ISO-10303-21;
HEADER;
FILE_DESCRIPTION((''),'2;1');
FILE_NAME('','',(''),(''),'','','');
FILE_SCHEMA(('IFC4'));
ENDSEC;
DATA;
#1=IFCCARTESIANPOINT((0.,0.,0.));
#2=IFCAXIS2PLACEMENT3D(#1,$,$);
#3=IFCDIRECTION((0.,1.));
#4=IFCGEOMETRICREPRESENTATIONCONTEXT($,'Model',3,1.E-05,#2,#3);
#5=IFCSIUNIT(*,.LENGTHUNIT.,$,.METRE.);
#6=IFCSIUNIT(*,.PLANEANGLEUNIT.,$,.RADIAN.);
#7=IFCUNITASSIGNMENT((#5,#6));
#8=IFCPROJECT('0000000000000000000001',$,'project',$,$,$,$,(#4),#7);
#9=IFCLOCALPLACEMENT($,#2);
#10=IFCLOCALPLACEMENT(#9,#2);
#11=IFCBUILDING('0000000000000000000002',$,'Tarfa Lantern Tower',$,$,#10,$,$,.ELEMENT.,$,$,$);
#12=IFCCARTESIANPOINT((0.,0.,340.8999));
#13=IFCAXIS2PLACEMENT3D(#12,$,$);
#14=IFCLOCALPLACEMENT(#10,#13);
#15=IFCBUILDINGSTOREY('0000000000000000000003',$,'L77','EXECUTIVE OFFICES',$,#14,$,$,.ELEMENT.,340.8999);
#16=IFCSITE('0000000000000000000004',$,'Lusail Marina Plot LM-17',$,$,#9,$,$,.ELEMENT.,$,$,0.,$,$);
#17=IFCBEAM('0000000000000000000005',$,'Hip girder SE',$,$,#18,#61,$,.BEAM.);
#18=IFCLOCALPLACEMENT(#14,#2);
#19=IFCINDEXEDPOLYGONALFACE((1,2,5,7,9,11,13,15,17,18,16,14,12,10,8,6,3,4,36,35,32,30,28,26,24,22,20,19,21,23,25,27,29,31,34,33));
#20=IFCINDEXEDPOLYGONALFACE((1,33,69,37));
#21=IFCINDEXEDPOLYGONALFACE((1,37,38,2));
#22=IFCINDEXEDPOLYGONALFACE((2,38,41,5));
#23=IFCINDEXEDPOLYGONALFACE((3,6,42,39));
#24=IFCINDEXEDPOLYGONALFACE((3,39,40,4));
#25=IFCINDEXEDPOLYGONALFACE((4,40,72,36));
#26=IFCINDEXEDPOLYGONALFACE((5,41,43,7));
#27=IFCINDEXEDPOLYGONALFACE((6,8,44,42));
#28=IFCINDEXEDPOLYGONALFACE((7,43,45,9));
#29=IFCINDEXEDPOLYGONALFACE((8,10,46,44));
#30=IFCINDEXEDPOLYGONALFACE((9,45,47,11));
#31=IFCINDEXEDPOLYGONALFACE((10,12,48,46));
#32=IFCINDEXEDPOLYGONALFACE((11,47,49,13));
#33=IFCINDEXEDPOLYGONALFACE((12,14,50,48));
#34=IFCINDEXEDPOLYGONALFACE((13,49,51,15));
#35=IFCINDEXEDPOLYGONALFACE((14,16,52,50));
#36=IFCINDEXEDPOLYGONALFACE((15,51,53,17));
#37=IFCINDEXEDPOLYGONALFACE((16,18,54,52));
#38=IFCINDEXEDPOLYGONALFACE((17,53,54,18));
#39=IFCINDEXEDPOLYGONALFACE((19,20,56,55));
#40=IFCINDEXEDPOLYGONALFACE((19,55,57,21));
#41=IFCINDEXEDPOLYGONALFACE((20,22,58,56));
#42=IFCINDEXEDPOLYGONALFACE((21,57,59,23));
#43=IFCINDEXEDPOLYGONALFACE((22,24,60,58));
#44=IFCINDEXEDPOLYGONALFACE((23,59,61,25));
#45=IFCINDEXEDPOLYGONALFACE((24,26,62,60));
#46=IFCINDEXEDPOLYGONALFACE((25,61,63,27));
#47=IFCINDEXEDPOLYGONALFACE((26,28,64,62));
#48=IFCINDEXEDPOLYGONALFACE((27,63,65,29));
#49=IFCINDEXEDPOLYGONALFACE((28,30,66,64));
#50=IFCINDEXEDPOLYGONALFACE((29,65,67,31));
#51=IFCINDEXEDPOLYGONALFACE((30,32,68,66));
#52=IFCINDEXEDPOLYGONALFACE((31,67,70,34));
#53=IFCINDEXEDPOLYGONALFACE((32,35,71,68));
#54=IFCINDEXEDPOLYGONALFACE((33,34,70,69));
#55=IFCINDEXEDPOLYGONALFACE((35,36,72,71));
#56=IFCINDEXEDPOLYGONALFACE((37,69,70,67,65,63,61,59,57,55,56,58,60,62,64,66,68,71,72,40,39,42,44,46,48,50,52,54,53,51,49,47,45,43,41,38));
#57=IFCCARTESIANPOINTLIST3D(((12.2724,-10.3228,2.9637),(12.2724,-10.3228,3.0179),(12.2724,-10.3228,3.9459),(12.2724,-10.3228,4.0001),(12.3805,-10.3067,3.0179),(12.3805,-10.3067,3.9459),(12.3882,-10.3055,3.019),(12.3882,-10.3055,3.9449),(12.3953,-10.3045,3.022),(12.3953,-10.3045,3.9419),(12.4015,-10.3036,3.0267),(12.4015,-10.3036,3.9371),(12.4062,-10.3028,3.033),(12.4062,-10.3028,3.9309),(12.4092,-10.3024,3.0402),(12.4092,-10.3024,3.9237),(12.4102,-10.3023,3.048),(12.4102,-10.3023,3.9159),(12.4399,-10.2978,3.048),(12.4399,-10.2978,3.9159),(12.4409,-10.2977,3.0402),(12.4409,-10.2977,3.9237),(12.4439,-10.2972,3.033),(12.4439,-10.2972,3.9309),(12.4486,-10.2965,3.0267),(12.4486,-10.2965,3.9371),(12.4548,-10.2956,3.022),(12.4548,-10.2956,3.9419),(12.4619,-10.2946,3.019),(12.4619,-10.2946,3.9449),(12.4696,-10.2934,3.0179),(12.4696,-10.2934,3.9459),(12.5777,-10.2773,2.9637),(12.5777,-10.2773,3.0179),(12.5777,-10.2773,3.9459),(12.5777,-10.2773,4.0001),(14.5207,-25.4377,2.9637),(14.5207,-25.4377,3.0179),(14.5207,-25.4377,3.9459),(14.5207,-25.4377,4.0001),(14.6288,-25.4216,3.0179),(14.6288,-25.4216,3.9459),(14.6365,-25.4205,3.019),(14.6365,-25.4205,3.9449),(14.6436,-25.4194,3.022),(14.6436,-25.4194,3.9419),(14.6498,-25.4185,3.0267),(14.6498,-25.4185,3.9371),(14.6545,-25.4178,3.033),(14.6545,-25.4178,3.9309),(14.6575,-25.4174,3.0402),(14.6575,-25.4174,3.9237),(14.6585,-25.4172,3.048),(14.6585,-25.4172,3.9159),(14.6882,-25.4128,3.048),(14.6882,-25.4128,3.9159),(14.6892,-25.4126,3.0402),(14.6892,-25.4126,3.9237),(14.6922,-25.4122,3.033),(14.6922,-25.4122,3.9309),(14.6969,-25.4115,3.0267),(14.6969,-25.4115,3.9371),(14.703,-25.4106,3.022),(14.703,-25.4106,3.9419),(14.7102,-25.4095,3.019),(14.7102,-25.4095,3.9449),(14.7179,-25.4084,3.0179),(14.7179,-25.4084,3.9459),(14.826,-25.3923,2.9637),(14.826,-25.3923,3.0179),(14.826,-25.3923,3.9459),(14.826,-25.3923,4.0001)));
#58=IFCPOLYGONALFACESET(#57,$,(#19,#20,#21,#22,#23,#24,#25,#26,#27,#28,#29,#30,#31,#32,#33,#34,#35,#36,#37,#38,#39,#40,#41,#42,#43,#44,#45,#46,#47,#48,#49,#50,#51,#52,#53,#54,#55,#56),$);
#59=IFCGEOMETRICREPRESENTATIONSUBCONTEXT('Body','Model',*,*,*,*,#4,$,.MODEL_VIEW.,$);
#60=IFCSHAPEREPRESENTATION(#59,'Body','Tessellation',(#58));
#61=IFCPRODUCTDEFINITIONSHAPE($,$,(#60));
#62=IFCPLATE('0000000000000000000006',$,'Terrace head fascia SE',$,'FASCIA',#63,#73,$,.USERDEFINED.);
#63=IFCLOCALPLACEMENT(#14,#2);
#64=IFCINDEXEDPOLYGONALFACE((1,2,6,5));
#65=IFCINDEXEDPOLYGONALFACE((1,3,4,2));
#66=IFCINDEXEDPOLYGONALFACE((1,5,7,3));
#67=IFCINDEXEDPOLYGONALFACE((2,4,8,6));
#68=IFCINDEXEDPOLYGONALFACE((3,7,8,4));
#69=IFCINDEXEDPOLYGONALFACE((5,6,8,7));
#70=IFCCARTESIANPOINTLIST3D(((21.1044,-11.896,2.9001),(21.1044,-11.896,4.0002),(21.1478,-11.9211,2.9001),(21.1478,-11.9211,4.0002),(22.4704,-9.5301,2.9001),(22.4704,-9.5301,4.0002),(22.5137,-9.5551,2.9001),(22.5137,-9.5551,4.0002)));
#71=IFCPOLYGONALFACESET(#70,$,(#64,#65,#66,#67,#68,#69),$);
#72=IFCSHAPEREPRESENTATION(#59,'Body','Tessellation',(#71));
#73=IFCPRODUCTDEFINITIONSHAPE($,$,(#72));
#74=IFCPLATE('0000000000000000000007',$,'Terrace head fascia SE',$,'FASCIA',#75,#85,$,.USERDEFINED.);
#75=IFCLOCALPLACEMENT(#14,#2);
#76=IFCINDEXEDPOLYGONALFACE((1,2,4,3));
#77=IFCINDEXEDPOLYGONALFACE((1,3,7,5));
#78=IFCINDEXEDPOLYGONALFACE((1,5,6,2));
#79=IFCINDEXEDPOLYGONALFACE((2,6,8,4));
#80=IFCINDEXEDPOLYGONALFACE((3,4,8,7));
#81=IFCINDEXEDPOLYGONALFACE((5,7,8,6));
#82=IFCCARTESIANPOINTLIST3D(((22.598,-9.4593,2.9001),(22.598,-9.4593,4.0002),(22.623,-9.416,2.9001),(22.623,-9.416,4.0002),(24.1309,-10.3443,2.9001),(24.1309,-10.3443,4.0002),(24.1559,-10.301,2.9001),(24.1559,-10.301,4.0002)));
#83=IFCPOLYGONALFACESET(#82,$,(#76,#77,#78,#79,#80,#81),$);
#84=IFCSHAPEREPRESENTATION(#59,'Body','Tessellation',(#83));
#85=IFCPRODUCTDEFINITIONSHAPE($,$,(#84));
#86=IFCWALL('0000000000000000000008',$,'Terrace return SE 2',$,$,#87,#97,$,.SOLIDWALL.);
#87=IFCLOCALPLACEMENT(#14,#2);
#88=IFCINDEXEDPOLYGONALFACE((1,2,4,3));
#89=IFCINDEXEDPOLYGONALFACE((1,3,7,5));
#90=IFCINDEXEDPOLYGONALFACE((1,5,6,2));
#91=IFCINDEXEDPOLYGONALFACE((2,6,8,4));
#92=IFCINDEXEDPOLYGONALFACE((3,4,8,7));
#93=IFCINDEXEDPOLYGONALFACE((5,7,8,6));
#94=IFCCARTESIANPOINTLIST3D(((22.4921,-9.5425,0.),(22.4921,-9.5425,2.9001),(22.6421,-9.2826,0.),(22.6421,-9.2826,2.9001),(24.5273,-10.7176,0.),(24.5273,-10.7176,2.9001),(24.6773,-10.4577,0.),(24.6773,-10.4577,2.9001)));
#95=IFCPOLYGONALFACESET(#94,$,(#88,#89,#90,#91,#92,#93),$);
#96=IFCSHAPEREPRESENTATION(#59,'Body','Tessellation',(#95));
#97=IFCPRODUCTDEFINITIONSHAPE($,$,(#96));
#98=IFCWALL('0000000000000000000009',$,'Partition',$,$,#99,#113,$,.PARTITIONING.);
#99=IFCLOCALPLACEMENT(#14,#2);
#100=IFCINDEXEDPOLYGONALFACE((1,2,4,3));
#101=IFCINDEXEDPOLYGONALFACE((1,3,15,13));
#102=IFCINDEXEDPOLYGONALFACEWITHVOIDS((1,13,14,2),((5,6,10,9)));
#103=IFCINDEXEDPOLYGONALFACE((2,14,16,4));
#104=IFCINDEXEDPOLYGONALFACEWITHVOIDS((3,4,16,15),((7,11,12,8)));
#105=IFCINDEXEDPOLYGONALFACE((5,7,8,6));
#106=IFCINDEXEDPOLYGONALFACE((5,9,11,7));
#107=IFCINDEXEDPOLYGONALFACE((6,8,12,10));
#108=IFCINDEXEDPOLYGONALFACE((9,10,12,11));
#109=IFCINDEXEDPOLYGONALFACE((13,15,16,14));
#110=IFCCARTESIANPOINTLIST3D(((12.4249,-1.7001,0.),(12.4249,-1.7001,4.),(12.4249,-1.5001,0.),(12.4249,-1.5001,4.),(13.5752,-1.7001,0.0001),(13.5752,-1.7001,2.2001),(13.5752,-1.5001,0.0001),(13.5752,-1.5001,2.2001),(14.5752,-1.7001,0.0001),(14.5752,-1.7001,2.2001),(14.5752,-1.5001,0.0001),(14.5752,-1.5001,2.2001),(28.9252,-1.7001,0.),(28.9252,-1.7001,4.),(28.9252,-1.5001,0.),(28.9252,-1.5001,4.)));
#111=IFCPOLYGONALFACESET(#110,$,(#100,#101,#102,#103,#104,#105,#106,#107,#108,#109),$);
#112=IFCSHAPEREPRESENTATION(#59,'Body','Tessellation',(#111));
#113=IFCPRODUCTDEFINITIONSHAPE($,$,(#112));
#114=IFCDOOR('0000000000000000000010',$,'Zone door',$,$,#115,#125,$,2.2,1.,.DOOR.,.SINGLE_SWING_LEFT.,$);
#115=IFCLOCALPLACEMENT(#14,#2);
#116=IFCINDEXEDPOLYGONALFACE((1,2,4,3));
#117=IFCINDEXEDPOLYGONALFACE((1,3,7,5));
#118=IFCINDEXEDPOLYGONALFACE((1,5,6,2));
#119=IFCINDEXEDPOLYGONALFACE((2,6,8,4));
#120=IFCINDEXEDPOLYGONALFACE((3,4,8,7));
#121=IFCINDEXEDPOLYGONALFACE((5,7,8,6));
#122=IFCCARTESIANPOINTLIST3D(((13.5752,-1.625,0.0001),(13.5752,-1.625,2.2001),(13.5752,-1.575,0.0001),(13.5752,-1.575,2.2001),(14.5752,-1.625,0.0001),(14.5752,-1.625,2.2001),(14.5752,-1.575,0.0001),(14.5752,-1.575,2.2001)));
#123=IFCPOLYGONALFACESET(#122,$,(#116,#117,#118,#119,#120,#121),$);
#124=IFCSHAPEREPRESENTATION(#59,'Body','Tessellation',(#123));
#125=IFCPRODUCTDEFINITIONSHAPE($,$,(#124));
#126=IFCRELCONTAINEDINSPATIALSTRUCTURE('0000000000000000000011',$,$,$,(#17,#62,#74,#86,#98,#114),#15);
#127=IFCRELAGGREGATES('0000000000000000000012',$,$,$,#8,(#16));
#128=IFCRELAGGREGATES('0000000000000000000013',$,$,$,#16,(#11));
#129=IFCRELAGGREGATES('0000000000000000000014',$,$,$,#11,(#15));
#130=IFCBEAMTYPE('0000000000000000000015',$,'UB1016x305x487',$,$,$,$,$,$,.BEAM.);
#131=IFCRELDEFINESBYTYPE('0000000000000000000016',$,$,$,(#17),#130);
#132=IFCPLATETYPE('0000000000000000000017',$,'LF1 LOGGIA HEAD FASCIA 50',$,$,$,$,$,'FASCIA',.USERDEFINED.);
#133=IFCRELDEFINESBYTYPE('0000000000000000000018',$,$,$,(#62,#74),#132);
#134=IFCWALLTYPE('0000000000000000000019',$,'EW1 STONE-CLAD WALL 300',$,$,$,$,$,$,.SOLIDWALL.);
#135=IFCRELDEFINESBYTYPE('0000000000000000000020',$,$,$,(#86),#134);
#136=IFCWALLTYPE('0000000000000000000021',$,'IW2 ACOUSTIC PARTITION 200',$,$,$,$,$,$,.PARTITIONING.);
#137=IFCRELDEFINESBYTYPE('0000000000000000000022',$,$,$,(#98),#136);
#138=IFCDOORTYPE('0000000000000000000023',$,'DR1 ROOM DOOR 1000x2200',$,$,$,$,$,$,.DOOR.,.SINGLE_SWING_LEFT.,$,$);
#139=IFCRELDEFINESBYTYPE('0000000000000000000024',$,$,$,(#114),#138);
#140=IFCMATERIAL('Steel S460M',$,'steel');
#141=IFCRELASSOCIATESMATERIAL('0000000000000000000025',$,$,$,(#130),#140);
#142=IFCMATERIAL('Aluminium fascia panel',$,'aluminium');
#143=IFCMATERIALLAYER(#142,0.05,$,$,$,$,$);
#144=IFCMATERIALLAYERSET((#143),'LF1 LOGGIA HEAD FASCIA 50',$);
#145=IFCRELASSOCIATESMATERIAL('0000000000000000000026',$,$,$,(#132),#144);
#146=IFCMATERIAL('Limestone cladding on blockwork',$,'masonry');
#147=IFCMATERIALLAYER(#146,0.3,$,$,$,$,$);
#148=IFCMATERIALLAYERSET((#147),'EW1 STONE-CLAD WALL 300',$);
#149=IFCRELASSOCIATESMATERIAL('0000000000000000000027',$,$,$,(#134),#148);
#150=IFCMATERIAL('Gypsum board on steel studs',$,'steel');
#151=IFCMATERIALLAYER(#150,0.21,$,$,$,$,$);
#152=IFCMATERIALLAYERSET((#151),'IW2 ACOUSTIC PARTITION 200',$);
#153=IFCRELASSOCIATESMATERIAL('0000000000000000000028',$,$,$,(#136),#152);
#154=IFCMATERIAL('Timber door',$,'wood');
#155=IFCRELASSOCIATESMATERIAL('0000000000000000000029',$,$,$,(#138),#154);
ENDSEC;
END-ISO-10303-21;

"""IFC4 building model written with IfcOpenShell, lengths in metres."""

from ifc_helpers import new_model, si_unit, direction, frame, frame_2d, origin, origin_2d, place, context, subcontext, project, spatial, rectangle, i_section, extrude, material, layer, layer_set, material_profile, profile_set, type_object, element, fill, save


model = new_model("IFC4")

# Units and contexts
model_context = context("Model", 3, precision=1e-05, world=origin(), true_north=direction((0.0, 1.0)))
body_context = subcontext(model_context, "Body", "Model", "MODEL_VIEW")
ifc_project = project(units=[si_unit("LENGTHUNIT", "METRE"), si_unit("PLANEANGLEUNIT", "RADIAN")], contexts=[model_context])

# Site, building, storey
site_placement = place(None, origin())
site = spatial("IfcSite", under=ifc_project, at=site_placement, Name="Lusail Marina Plot LM-17", CompositionType="ELEMENT", RefElevation=0.0)
building_placement = place(site_placement, origin())
building = spatial("IfcBuilding", under=site, at=building_placement, Name="Tarfa Lantern Tower", CompositionType="ELEMENT")
storey_placement = place(building_placement, frame((0.0, 0.0, 340.8999)))
storey = spatial("IfcBuildingStorey", under=building, at=storey_placement, Name="L77", Description="EXECUTIVE OFFICES", CompositionType="ELEMENT", Elevation=340.8999)

# Beam
ifc_material_1 = material(Name="Steel S460M", Category="steel")
ifc_material_profile = material_profile(ifc_material_1, i_section(OverallWidth=0.3086, OverallDepth=1.0364, WebThickness=0.03, FlangeThickness=0.0542, FilletRadius=0.03, at=origin_2d()), Name="UB1016x305x487")
ifc_profile_set = profile_set([ifc_material_profile], Name="Steel S460M")
beam_type = type_object("IfcBeamType", Name="UB1016x305x487", PredefinedType="BEAM", material=ifc_profile_set)
beam_placement = place(storey_placement, frame((12.425, -10.3, 3.4819), z_axis=(0.147127, -0.989118, 0.0), x_axis=(0.989118, 0.147127, 0.0)))
element("IfcBeam", 1, at=beam_placement, inside=storey, type_object=beam_type, Name="Hip girder SE", PredefinedType="BEAM", context=body_context, shape_type="SweptSolid", body=[
    extrude(i_section(OverallWidth=0.3086, OverallDepth=1.0364, WebThickness=0.03, FlangeThickness=0.0542, FilletRadius=0.03, at=origin_2d()), origin(), (0.0, 0.0, 1.0), 15.2812),
])

# Plates
ifc_material_2 = material(Name="Aluminium fascia panel", Category="aluminium")
ifc_layer_1 = layer(ifc_material_2, 0.05)
ifc_layer_set_1 = layer_set([ifc_layer_1], Name="LF1 LOGGIA HEAD FASCIA 50")
plate_type = type_object("IfcPlateType", Name="LF1 LOGGIA HEAD FASCIA 50", ElementType="FASCIA", PredefinedType="USERDEFINED", material=ifc_layer_set_1)
plate_1_placement = place(storey_placement, frame((21.8091, -10.7256, 2.9001), z_axis=(0.0, 0.0, 1.0), x_axis=(0.5, 0.866025, 0.0)))
element("IfcPlate", 2, at=plate_1_placement, inside=storey, type_object=plate_type, Name="Terrace head fascia SE", ObjectType="FASCIA", PredefinedType="USERDEFINED", context=body_context, shape_type="SweptSolid", body=[
    extrude(rectangle(XDim=2.7319, YDim=0.05, at=origin_2d()), origin(), (0.0, 0.0, 1.0), 1.1001),
])
plate_2_placement = place(storey_placement, frame((23.377, -9.8801, 2.9001), z_axis=(0.0, 0.0, 1.0), x_axis=(-0.866025, 0.5, 0.0)))
element("IfcPlate", 3, at=plate_2_placement, inside=storey, type_object=plate_type, Name="Terrace head fascia SE", ObjectType="FASCIA", PredefinedType="USERDEFINED", context=body_context, shape_type="SweptSolid", body=[
    extrude(rectangle(XDim=1.77, YDim=0.05, at=origin_2d()), origin(), (0.0, 0.0, 1.0), 1.1001),
])

# Wall
ifc_material_3 = material(Name="Limestone cladding on blockwork", Category="masonry")
ifc_layer_2 = layer(ifc_material_3, 0.3)
ifc_layer_set_2 = layer_set([ifc_layer_2], Name="EW1 STONE-CLAD WALL 300")
wall_type_1 = type_object("IfcWallType", Name="EW1 STONE-CLAD WALL 300", PredefinedType="SOLIDWALL", material=ifc_layer_set_2)
wall_1_placement = place(storey_placement, frame((24.6023, -10.5876, 0.0), z_axis=(0.0, 0.0, 1.0), x_axis=(-0.866016, 0.500016, 0.0)))
element("IfcWall", 4, at=wall_1_placement, inside=storey, type_object=wall_type_1, Name="Terrace return SE 2", PredefinedType="SOLIDWALL", context=body_context, shape_type="SweptSolid", body=[
    extrude(rectangle(XDim=2.3501, YDim=0.3, at=frame_2d((1.175, 0.0))), origin(), (0.0, 0.0, 1.0), 2.9001),
])

# Wall, opening, door
ifc_material_4 = material(Name="Gypsum board on steel studs", Category="steel")
ifc_layer_3 = layer(ifc_material_4, 0.21)
ifc_layer_set_3 = layer_set([ifc_layer_3], Name="IW2 ACOUSTIC PARTITION 200")
wall_type_2 = type_object("IfcWallType", Name="IW2 ACOUSTIC PARTITION 200", PredefinedType="PARTITIONING", material=ifc_layer_set_3)
wall_2_placement = place(storey_placement, frame((12.425, -1.6001, 0.0), z_axis=(0.0, 0.0, 1.0), x_axis=(1.0, 0.0, 0.0)))
wall_2 = element("IfcWall", 5, at=wall_2_placement, inside=storey, type_object=wall_type_2, Name="Partition", PredefinedType="PARTITIONING", context=body_context, shape_type="SweptSolid", body=[
    extrude(rectangle(XDim=16.5002, YDim=0.2, at=frame_2d((8.25, 0.0))), origin(), (0.0, 0.0, 1.0), 4.0),
])
opening_1_placement = place(wall_2_placement, frame((1.1501, 0.0, 0.0)))
opening_1 = element("IfcOpeningElement", 6, at=opening_1_placement, cuts=wall_2, PredefinedType="OPENING", context=body_context, shape_type="SweptSolid", body=[
    extrude(rectangle(XDim=1.0, YDim=2.2, at=frame_2d((0.5, 1.1001))), frame((0.0, 0.1099, 0.0), z_axis=(0.0, -1.0, 0.0), x_axis=(1.0, 0.0, 0.0)), (0.0, 0.0, 1.0), 0.22),
])
ifc_material_5 = material(Name="Timber door", Category="wood")
door_type_1 = type_object("IfcDoorType", Name="DR1 ROOM DOOR 1000x2200", OperationType="SINGLE_SWING_LEFT", PredefinedType="DOOR", material=ifc_material_5)
door_1_placement = place(opening_1_placement, frame((1.0, 0.0, 0.0), z_axis=(0.0, 0.0, 1.0), x_axis=(-1.0, 0.0, 0.0)))
door_1 = element("IfcDoor", 7, at=door_1_placement, inside=storey, type_object=door_type_1, Name="Zone door", OperationType="SINGLE_SWING_LEFT", OverallHeight=2.2, OverallWidth=1.0, PredefinedType="DOOR", context=body_context, shape_type="SweptSolid", body=[
    extrude(rectangle(XDim=1.0, YDim=2.2, at=frame_2d((0.5, 1.1001))), frame((0.0, 0.0249, 0.0), z_axis=(0.0, -1.0, 0.0), x_axis=(1.0, 0.0, 0.0)), (0.0, 0.0, 1.0), 0.05),
])
fill(opening_1, door_1)

save(model, "model.ifc")
